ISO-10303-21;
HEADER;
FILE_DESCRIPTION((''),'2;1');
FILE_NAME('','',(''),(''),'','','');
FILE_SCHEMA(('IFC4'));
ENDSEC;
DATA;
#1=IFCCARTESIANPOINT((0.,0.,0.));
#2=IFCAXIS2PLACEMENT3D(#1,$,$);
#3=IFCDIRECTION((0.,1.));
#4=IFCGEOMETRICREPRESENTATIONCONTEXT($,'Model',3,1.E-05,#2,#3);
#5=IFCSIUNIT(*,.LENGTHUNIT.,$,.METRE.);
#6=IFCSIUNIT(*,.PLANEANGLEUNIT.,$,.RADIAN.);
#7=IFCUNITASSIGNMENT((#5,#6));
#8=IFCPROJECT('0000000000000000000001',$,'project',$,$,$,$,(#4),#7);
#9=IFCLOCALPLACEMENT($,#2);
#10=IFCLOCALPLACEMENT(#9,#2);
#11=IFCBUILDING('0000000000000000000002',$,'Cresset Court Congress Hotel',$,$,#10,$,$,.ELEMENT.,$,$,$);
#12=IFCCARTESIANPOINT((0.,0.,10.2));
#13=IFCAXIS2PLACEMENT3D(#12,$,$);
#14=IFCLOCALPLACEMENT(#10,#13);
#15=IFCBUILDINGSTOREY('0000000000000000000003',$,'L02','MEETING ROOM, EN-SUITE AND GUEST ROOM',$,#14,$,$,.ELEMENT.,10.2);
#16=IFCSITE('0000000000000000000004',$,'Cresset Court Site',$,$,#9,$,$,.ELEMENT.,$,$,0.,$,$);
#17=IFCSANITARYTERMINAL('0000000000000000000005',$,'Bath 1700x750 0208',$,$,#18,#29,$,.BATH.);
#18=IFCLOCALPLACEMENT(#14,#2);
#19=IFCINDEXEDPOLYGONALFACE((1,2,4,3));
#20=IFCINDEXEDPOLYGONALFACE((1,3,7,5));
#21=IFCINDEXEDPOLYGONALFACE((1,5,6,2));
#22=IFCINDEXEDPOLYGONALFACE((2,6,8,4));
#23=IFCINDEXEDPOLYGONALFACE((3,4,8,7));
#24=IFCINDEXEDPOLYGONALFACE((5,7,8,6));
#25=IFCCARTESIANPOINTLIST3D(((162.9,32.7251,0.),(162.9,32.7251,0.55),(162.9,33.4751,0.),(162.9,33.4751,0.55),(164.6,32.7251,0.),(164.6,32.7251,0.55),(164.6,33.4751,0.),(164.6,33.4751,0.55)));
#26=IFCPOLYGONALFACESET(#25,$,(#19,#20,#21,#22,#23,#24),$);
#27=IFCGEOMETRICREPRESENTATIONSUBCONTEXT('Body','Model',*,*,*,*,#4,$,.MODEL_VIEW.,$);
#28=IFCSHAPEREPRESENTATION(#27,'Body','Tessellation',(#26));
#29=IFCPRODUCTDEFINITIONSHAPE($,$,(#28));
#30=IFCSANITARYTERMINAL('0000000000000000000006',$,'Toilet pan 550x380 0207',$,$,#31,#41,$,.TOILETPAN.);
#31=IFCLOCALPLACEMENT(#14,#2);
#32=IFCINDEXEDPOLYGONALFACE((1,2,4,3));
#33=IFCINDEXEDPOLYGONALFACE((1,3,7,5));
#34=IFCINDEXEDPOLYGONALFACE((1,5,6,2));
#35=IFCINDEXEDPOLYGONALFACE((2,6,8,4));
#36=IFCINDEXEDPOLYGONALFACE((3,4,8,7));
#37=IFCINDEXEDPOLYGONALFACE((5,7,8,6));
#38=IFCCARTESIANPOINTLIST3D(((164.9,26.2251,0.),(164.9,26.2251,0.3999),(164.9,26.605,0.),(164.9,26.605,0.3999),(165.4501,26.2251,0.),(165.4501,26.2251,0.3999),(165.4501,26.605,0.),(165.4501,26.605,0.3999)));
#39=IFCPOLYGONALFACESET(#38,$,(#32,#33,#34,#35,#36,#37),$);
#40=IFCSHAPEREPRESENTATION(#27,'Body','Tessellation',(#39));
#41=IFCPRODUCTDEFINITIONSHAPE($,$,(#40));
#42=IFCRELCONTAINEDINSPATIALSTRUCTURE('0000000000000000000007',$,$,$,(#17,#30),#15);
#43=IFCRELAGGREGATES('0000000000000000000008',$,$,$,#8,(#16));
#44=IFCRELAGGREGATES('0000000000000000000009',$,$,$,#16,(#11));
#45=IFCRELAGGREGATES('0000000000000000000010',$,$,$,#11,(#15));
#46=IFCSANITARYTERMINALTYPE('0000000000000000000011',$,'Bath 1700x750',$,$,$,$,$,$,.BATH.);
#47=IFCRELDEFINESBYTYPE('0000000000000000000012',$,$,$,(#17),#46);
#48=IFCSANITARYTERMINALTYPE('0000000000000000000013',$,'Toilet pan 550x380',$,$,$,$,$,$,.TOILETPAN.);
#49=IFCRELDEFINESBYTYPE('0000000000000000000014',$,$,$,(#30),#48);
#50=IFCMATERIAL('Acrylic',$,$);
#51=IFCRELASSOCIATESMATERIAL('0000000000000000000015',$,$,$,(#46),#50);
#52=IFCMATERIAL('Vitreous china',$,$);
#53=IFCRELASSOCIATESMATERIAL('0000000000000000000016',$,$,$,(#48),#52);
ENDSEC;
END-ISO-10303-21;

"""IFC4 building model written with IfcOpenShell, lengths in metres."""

from ifc_helpers import new_model, si_unit, direction, frame, origin, origin_2d, place, context, subcontext, project, spatial, rectangle, extrude, material, type_object, element, save


model = new_model("IFC4")

# Units and contexts
model_context = context("Model", 3, precision=1e-05, world=origin(), true_north=direction((0.0, 1.0)))
body_context = subcontext(model_context, "Body", "Model", "MODEL_VIEW")
ifc_project = project(units=[si_unit("LENGTHUNIT", "METRE"), si_unit("PLANEANGLEUNIT", "RADIAN")], contexts=[model_context])

# Site, building, storey
site_placement = place(None, origin())
site = spatial("IfcSite", under=ifc_project, at=site_placement, Name="Cresset Court Site", CompositionType="ELEMENT", RefElevation=0.0)
building_placement = place(site_placement, origin())
building = spatial("IfcBuilding", under=site, at=building_placement, Name="Cresset Court Congress Hotel", CompositionType="ELEMENT")
storey_placement = place(building_placement, frame((0.0, 0.0, 10.2)))
storey = spatial("IfcBuildingStorey", under=building, at=storey_placement, Name="L02", Description="MEETING ROOM, EN-SUITE AND GUEST ROOM", CompositionType="ELEMENT", Elevation=10.2)

# Sanitary terminals
ifc_material_1 = material(Name="Acrylic")
sanitary_terminal_type_1 = type_object("IfcSanitaryTerminalType", Name="Bath 1700x750", PredefinedType="BATH", material=ifc_material_1)
for number, where, z_axis, x_axis, name in (
    (1, (163.75, 33.1001, 0.0), (0.0, 0.0, 1.0), (1.0, 0.0, 0.0), "Bath 1700x750 0208"),
):
    element("IfcSanitaryTerminal", number, at=place(storey_placement, frame(where, z_axis=z_axis, x_axis=x_axis)), inside=storey, type_object=sanitary_terminal_type_1, Name=name, PredefinedType="BATH", context=body_context, shape_type="SweptSolid", body=[
        extrude(rectangle(XDim=1.7, YDim=0.75, at=origin_2d()), origin(), (0.0, 0.0, 1.0), 0.55),
    ])
ifc_material_2 = material(Name="Vitreous china")
sanitary_terminal_type_2 = type_object("IfcSanitaryTerminalType", Name="Toilet pan 550x380", PredefinedType="TOILETPAN", material=ifc_material_2)
sanitary_terminal_placement = place(storey_placement, frame((165.175, 26.415, 0.0), z_axis=(0.0, 0.0, 1.0), x_axis=(1.0, 0.0, 0.0)))
element("IfcSanitaryTerminal", 2, at=sanitary_terminal_placement, inside=storey, type_object=sanitary_terminal_type_2, Name="Toilet pan 550x380 0207", PredefinedType="TOILETPAN", context=body_context, shape_type="SweptSolid", body=[
    extrude(rectangle(XDim=0.55, YDim=0.3799, at=origin_2d()), origin(), (0.0, 0.0, 1.0), 0.3999),
])

save(model, "model.ifc")
